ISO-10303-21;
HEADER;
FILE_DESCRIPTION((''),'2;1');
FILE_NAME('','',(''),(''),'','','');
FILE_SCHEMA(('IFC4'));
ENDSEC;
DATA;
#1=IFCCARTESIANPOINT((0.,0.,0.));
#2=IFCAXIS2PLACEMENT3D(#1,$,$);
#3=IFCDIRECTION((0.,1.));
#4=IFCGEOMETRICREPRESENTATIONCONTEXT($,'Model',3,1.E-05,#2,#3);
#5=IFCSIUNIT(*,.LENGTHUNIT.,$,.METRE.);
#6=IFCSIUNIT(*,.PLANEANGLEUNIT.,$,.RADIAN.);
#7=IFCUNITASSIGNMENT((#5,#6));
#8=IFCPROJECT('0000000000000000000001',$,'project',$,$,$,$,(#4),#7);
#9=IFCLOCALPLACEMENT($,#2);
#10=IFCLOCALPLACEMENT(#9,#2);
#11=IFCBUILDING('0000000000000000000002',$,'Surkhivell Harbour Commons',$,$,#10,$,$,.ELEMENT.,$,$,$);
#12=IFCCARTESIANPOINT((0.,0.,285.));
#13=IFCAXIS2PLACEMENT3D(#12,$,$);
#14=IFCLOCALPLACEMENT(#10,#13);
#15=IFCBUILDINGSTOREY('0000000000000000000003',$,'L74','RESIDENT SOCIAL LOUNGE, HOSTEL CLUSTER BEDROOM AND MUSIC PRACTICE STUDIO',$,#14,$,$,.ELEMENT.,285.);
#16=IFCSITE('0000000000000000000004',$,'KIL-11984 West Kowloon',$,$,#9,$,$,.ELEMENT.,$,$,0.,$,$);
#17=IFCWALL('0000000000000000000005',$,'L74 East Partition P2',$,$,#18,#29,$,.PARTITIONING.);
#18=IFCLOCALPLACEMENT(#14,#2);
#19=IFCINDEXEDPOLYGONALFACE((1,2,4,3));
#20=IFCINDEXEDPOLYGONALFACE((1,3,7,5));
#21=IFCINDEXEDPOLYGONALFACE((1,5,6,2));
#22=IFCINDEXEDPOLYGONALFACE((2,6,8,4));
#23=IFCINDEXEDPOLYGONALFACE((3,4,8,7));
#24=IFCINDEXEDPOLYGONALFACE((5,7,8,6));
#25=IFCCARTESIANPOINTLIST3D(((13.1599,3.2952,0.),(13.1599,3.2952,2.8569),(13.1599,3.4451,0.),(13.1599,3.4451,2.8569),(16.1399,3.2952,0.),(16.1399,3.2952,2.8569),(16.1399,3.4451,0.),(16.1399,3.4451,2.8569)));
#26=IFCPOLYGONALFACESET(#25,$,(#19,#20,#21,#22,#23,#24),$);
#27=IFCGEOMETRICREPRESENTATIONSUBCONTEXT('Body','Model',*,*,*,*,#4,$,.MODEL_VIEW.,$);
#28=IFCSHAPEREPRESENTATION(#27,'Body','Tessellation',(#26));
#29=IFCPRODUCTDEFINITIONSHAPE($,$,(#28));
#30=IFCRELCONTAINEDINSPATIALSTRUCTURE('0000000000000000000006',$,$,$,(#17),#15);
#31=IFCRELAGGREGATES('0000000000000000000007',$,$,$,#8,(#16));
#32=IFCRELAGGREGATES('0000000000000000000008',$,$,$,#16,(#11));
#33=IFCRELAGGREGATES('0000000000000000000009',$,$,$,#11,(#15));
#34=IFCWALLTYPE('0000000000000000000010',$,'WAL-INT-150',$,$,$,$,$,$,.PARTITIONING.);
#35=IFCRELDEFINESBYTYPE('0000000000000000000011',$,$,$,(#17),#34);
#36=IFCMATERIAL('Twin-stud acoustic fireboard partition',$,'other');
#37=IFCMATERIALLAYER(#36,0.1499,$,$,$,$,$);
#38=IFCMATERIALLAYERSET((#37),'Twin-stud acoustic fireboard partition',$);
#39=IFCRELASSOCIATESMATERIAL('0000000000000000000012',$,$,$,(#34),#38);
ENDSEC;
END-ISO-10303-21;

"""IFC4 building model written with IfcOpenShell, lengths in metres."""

from ifc_helpers import new_model, si_unit, direction, frame, frame_2d, origin, place, context, subcontext, project, spatial, rectangle, extrude, material, layer, layer_set, type_object, element, save


model = new_model("IFC4")

# Units and contexts
model_context = context("Model", 3, precision=1e-05, world=origin(), true_north=direction((0.0, 1.0)))
body_context = subcontext(model_context, "Body", "Model", "MODEL_VIEW")
ifc_project = project(units=[si_unit("LENGTHUNIT", "METRE"), si_unit("PLANEANGLEUNIT", "RADIAN")], contexts=[model_context])

# Site, building, storey
site_placement = place(None, origin())
site = spatial("IfcSite", under=ifc_project, at=site_placement, Name="KIL-11984 West Kowloon", CompositionType="ELEMENT", RefElevation=0.0)
building_placement = place(site_placement, origin())
building = spatial("IfcBuilding", under=site, at=building_placement, Name="Surkhivell Harbour Commons", CompositionType="ELEMENT")
storey_placement = place(building_placement, frame((0.0, 0.0, 285.0)))
storey = spatial("IfcBuildingStorey", under=building, at=storey_placement, Name="L74", Description="RESIDENT SOCIAL LOUNGE, HOSTEL CLUSTER BEDROOM AND MUSIC PRACTICE STUDIO", CompositionType="ELEMENT", Elevation=285.0)

# Wall
ifc_material_1 = material(Name="Twin-stud acoustic fireboard partition", Category="other")
ifc_layer_1 = layer(ifc_material_1, 0.1499)
ifc_layer_set_1 = layer_set([ifc_layer_1], Name="Twin-stud acoustic fireboard partition")
wall_type_1 = type_object("IfcWallType", Name="WAL-INT-150", PredefinedType="PARTITIONING", material=ifc_layer_set_1)
wall_1_placement = place(storey_placement, frame((13.1599, 3.3701, 0.0), z_axis=(0.0, 0.0, 1.0), x_axis=(1.0, 0.0, 0.0)))
element("IfcWall", 1, at=wall_1_placement, inside=storey, type_object=wall_type_1, Name="L74 East Partition P2", PredefinedType="PARTITIONING", context=body_context, shape_type="SweptSolid", body=[
    extrude(rectangle(XDim=2.98, YDim=0.1499, at=frame_2d((1.49, 0.0))), origin(), (0.0, 0.0, 1.0), 2.8569),
])

save(model, "model.ifc")
